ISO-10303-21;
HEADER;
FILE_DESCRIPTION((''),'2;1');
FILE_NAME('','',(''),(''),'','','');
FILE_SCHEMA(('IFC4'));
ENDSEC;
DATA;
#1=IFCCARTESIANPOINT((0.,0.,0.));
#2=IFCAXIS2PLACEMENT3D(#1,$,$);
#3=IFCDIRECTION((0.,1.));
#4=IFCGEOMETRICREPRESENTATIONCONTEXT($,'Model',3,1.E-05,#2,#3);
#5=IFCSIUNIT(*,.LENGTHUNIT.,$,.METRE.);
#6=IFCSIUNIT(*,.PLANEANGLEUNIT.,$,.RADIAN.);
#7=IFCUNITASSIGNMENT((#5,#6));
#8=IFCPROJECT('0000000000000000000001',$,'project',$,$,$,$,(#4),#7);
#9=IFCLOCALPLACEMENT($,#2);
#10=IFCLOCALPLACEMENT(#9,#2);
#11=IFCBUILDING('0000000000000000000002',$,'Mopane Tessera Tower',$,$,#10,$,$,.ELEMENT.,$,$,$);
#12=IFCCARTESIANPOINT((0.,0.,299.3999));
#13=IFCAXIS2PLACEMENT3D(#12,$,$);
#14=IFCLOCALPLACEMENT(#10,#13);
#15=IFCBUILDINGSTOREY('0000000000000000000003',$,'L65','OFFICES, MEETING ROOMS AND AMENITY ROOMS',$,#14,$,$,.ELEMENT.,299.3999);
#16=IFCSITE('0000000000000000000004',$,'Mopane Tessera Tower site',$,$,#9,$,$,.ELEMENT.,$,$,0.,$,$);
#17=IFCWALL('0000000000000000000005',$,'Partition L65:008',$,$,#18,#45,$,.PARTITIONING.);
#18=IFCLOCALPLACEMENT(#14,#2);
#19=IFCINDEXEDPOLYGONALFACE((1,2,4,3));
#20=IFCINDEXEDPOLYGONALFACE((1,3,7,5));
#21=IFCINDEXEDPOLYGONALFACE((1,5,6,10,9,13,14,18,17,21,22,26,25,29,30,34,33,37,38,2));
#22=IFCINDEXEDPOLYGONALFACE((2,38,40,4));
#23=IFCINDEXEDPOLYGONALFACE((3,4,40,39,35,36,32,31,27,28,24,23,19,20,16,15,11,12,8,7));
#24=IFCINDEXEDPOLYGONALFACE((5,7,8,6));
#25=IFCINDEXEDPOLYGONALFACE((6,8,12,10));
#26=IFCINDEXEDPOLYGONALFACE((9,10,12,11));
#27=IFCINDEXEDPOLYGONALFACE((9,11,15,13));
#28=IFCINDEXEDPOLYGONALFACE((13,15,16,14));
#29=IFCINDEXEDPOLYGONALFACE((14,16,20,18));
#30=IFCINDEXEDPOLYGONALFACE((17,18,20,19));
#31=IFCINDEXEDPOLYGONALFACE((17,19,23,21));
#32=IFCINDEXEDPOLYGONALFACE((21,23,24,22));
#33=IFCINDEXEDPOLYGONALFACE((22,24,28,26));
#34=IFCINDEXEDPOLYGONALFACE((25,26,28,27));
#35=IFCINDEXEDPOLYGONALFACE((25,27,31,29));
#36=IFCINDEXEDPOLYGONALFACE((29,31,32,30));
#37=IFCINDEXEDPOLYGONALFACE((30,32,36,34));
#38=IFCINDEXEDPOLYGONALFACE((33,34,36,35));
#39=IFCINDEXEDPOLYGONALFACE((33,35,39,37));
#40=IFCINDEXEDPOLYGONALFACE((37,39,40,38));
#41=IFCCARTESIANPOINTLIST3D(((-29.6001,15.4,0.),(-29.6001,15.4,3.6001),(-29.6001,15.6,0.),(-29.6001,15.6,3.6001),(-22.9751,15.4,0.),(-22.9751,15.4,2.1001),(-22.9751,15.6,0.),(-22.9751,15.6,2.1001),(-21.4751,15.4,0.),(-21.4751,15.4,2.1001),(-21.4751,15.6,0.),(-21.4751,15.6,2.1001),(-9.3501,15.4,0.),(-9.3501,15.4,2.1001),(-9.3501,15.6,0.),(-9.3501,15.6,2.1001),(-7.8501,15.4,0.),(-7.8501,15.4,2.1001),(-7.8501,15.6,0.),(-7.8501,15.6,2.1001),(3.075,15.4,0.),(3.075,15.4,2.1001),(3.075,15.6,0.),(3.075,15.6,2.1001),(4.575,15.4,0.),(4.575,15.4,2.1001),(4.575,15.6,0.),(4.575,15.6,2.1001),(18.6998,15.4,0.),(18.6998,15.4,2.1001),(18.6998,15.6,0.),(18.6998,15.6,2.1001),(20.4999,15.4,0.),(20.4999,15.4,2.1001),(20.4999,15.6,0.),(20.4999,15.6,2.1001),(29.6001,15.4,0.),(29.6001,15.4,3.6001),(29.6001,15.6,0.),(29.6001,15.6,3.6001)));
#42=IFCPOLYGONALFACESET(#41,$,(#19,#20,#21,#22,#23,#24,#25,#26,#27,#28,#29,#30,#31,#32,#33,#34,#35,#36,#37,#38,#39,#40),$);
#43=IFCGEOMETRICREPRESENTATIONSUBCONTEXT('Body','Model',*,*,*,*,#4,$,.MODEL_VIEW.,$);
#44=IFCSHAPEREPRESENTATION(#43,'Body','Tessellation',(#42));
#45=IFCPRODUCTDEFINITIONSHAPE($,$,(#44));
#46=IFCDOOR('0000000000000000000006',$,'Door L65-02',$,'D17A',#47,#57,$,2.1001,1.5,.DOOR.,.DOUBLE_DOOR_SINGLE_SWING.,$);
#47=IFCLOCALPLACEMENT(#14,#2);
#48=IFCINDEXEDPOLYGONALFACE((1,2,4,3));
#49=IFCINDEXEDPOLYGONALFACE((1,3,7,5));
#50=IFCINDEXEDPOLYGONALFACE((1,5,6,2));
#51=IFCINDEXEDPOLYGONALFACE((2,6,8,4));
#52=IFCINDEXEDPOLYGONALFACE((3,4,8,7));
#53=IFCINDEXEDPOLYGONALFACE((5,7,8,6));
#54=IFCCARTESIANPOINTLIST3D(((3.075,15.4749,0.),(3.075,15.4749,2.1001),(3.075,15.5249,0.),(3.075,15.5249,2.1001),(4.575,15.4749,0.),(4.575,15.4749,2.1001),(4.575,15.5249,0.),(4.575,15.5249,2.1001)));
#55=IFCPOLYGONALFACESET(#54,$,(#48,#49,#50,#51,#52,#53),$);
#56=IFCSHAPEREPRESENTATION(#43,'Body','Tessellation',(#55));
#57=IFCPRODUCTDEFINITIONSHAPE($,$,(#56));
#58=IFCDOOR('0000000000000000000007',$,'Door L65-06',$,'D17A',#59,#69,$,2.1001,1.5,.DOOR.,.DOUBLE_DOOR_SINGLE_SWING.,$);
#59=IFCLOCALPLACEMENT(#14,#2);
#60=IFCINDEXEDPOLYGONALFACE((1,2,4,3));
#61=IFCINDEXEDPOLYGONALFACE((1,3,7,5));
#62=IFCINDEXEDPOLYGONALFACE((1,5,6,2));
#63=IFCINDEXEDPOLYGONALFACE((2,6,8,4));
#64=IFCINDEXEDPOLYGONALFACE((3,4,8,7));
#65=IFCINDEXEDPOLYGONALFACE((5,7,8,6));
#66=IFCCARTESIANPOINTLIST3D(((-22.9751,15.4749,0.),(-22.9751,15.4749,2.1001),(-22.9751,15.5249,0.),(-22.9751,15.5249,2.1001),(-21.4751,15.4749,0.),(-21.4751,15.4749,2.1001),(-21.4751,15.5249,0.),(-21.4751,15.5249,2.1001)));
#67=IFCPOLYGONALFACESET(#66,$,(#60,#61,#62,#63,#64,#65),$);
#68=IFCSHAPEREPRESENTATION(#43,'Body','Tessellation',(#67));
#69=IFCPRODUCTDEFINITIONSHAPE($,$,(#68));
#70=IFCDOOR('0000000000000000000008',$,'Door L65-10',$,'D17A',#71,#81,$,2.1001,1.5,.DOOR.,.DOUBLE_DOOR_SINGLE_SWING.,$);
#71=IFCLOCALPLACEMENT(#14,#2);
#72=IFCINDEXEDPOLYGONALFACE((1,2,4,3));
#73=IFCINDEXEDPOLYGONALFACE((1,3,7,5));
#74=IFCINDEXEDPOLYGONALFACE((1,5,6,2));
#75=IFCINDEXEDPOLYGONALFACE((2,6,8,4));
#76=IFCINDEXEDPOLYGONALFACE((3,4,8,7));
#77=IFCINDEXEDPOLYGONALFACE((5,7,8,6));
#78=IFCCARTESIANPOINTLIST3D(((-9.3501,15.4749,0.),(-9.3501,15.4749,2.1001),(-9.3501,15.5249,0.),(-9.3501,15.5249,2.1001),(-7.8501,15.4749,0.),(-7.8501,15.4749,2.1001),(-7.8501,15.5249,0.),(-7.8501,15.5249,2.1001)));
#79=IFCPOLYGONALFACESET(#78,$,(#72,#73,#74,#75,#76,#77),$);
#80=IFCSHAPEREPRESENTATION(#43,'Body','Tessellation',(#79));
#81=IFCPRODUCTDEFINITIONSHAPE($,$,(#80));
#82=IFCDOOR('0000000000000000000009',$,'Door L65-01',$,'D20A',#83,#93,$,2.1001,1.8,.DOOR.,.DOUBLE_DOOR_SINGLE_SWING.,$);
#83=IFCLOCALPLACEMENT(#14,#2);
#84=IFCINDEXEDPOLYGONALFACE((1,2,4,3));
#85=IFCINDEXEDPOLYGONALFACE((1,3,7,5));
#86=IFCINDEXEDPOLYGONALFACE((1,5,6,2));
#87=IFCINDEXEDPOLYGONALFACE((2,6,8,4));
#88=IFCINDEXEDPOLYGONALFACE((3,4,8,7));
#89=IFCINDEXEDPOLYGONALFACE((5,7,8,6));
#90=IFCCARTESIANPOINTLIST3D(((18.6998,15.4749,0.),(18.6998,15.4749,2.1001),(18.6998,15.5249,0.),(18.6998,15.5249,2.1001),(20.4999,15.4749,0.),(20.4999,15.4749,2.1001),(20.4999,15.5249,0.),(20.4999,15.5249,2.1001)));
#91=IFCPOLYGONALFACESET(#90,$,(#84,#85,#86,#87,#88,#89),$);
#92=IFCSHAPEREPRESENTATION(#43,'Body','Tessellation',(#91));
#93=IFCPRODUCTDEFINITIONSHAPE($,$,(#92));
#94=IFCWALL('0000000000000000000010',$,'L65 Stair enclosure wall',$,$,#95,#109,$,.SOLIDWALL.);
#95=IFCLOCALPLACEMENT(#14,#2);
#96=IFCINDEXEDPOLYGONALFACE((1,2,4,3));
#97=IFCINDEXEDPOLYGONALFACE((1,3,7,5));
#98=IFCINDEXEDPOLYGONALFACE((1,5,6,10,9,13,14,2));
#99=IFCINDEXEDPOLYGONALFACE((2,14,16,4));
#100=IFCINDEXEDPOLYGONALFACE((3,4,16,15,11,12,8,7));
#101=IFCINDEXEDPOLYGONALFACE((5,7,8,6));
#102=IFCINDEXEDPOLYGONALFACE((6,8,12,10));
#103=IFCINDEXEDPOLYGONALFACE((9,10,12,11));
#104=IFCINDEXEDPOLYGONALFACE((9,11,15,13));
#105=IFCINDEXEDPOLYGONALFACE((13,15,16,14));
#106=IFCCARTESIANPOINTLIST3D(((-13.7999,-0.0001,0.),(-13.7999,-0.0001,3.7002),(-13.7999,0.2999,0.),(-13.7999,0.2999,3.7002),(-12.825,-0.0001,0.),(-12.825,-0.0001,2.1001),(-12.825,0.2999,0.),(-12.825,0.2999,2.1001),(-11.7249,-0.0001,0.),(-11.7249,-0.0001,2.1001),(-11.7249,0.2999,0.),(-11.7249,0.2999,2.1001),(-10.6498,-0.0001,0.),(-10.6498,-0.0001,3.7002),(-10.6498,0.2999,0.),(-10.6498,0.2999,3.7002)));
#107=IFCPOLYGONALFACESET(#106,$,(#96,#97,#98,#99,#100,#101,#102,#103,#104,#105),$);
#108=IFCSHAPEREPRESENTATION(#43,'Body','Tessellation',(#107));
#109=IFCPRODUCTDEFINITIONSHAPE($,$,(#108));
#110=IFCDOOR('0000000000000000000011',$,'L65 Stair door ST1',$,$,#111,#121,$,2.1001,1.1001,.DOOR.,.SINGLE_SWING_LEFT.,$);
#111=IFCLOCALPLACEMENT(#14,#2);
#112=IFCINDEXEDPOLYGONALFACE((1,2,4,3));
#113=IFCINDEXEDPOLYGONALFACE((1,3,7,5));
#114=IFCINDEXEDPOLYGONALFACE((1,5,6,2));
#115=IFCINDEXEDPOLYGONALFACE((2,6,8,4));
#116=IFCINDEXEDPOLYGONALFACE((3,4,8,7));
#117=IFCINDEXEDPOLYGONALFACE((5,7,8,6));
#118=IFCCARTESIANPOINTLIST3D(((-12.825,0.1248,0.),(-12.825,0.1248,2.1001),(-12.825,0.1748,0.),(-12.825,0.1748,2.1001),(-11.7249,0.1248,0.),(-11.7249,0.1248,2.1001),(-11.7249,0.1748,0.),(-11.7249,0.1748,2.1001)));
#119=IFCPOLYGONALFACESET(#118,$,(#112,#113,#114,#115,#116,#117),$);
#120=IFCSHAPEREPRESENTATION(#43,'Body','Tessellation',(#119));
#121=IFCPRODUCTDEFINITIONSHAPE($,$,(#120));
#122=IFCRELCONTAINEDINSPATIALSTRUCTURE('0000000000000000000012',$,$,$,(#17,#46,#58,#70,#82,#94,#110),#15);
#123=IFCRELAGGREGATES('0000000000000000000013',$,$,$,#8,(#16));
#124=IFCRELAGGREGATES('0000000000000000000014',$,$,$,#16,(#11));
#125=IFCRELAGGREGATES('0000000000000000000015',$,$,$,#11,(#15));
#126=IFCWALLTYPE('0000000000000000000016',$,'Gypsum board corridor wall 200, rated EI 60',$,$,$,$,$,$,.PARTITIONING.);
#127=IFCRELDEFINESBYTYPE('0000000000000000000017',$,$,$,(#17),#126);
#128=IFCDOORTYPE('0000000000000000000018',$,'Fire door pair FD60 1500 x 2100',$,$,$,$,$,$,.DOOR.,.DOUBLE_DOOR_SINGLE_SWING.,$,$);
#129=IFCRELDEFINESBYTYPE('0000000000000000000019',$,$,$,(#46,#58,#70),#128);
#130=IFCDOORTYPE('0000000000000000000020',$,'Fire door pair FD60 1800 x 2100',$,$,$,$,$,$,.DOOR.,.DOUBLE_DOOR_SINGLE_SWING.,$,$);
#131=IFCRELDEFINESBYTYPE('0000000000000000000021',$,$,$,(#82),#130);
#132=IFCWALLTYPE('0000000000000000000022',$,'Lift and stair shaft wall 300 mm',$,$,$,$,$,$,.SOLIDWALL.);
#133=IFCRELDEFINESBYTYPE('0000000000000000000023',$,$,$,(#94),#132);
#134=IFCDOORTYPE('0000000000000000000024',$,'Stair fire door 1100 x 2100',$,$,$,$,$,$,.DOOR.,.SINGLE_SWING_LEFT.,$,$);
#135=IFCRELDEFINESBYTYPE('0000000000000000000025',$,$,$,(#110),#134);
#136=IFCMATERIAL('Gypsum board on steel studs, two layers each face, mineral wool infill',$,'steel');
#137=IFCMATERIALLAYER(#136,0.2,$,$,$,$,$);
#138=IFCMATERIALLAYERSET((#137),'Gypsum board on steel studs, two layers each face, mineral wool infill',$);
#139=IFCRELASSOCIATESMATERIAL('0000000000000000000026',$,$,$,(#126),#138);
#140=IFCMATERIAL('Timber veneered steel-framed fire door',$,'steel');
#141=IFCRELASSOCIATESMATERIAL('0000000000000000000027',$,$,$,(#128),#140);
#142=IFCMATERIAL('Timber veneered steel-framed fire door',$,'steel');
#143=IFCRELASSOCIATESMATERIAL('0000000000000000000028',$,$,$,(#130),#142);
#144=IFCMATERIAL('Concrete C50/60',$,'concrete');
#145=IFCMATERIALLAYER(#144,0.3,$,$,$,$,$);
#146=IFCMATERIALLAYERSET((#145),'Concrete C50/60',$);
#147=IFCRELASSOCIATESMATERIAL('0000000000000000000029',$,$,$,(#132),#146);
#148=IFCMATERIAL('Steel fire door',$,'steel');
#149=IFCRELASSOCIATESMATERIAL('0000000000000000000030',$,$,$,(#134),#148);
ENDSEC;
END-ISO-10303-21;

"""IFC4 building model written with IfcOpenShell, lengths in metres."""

from ifc_helpers import new_model, si_unit, direction, frame, frame_2d, origin, place, context, subcontext, project, spatial, rectangle, extrude, material, layer, layer_set, type_object, element, fill, save


model = new_model("IFC4")

# Units and contexts
model_context = context("Model", 3, precision=1e-05, world=origin(), true_north=direction((0.0, 1.0)))
body_context = subcontext(model_context, "Body", "Model", "MODEL_VIEW")
ifc_project = project(units=[si_unit("LENGTHUNIT", "METRE"), si_unit("PLANEANGLEUNIT", "RADIAN")], contexts=[model_context])

# Site, building, storey
site_placement = place(None, origin())
site = spatial("IfcSite", under=ifc_project, at=site_placement, Name="Mopane Tessera Tower site", CompositionType="ELEMENT", RefElevation=0.0)
building_placement = place(site_placement, origin())
building = spatial("IfcBuilding", under=site, at=building_placement, Name="Mopane Tessera Tower", CompositionType="ELEMENT")
storey_placement = place(building_placement, frame((0.0, 0.0, 299.3999)))
storey = spatial("IfcBuildingStorey", under=building, at=storey_placement, Name="L65", Description="OFFICES, MEETING ROOMS AND AMENITY ROOMS", CompositionType="ELEMENT", Elevation=299.3999)

# Shared definitions
ifc_material_1 = material(Name="Gypsum board on steel studs, two layers each face, mineral wool infill", Category="steel")
ifc_layer_1 = layer(ifc_material_1, 0.2)
ifc_layer_set_1 = layer_set([ifc_layer_1], Name="Gypsum board on steel studs, two layers each face, mineral wool infill")
wall_type_1 = type_object("IfcWallType", Name="Gypsum board corridor wall 200, rated EI 60", PredefinedType="PARTITIONING", material=ifc_layer_set_1)
ifc_material_2 = material(Name="Timber veneered steel-framed fire door", Category="steel")
door_type_1 = type_object("IfcDoorType", Name="Fire door pair FD60 1500 x 2100", OperationType="DOUBLE_DOOR_SINGLE_SWING", PredefinedType="DOOR", material=ifc_material_2)

# Wall, openings, doors
wall_1_placement = place(storey_placement, frame((-29.6001, 15.5, 0.0), z_axis=(0.0, 0.0, 1.0), x_axis=(1.0, 0.0, 0.0)))
wall_1 = element("IfcWall", 1, at=wall_1_placement, inside=storey, type_object=wall_type_1, Name="Partition L65:008", PredefinedType="PARTITIONING", context=body_context, shape_type="SweptSolid", body=[
    extrude(rectangle(XDim=59.2002, YDim=0.2, at=frame_2d((29.6001, 0.0))), origin(), (0.0, 0.0, 1.0), 3.6001),
])
opening_1_placement = place(wall_1_placement, frame((48.3, 0.0, 0.0)))
opening_1 = element("IfcOpeningElement", 2, at=opening_1_placement, cuts=wall_1, PredefinedType="OPENING", context=body_context, shape_type="SweptSolid", body=[
    extrude(rectangle(XDim=1.8, YDim=2.1001, at=frame_2d((0.8999, 1.05))), frame((0.0, 0.1121, 0.0), z_axis=(0.0, -1.0, 0.0), x_axis=(1.0, 0.0, 0.0)), (0.0, 0.0, 1.0), 0.2239),
])
opening_2_placement = place(wall_1_placement, frame((32.675, 0.0, 0.0)))
opening_2 = element("IfcOpeningElement", 3, at=opening_2_placement, cuts=wall_1, PredefinedType="OPENING", context=body_context, shape_type="SweptSolid", body=[
    extrude(rectangle(XDim=1.5, YDim=2.1001, at=frame_2d((0.75, 1.05))), frame((0.0, 0.1121, 0.0), z_axis=(0.0, -1.0, 0.0), x_axis=(1.0, 0.0, 0.0)), (0.0, 0.0, 1.0), 0.2239),
])
opening_3_placement = place(wall_1_placement, frame((6.625, 0.0, 0.0)))
opening_3 = element("IfcOpeningElement", 4, at=opening_3_placement, cuts=wall_1, PredefinedType="OPENING", context=body_context, shape_type="SweptSolid", body=[
    extrude(rectangle(XDim=1.5, YDim=2.1001, at=frame_2d((0.75, 1.05))), frame((0.0, 0.1121, 0.0), z_axis=(0.0, -1.0, 0.0), x_axis=(1.0, 0.0, 0.0)), (0.0, 0.0, 1.0), 0.2239),
])
opening_4_placement = place(wall_1_placement, frame((20.25, 0.0, 0.0)))
opening_4 = element("IfcOpeningElement", 5, at=opening_4_placement, cuts=wall_1, PredefinedType="OPENING", context=body_context, shape_type="SweptSolid", body=[
    extrude(rectangle(XDim=1.5, YDim=2.1001, at=frame_2d((0.75, 1.05))), frame((0.0, 0.1121, 0.0), z_axis=(0.0, -1.0, 0.0), x_axis=(1.0, 0.0, 0.0)), (0.0, 0.0, 1.0), 0.2239),
])
door_1_placement = place(opening_2_placement, origin())
door_1 = element("IfcDoor", 6, at=door_1_placement, inside=storey, type_object=door_type_1, Name="Door L65-02", ObjectType="D17A", OperationType="DOUBLE_DOOR_SINGLE_SWING", OverallHeight=2.1001, OverallWidth=1.5, PredefinedType="DOOR", context=body_context, shape_type="SweptSolid", body=[
    extrude(rectangle(XDim=1.5, YDim=2.1001, at=frame_2d((0.75, 1.05))), frame((0.0, 0.0249, 0.0), z_axis=(0.0, -1.0, 0.0), x_axis=(1.0, 0.0, 0.0)), (0.0, 0.0, 1.0), 0.05),
])
fill(opening_2, door_1)
door_2_placement = place(opening_3_placement, origin())
door_2 = element("IfcDoor", 7, at=door_2_placement, inside=storey, type_object=door_type_1, Name="Door L65-06", ObjectType="D17A", OperationType="DOUBLE_DOOR_SINGLE_SWING", OverallHeight=2.1001, OverallWidth=1.5, PredefinedType="DOOR", context=body_context, shape_type="SweptSolid", body=[
    extrude(rectangle(XDim=1.5, YDim=2.1001, at=frame_2d((0.75, 1.05))), frame((0.0, 0.0249, 0.0), z_axis=(0.0, -1.0, 0.0), x_axis=(1.0, 0.0, 0.0)), (0.0, 0.0, 1.0), 0.05),
])
fill(opening_3, door_2)
door_3_placement = place(opening_4_placement, origin())
door_3 = element("IfcDoor", 8, at=door_3_placement, inside=storey, type_object=door_type_1, Name="Door L65-10", ObjectType="D17A", OperationType="DOUBLE_DOOR_SINGLE_SWING", OverallHeight=2.1001, OverallWidth=1.5, PredefinedType="DOOR", context=body_context, shape_type="SweptSolid", body=[
    extrude(rectangle(XDim=1.5, YDim=2.1001, at=frame_2d((0.75, 1.05))), frame((0.0, 0.0249, 0.0), z_axis=(0.0, -1.0, 0.0), x_axis=(1.0, 0.0, 0.0)), (0.0, 0.0, 1.0), 0.05),
])
fill(opening_4, door_3)
ifc_material_3 = material(Name="Timber veneered steel-framed fire door", Category="steel")
door_type_2 = type_object("IfcDoorType", Name="Fire door pair FD60 1800 x 2100", OperationType="DOUBLE_DOOR_SINGLE_SWING", PredefinedType="DOOR", material=ifc_material_3)
door_4_placement = place(opening_1_placement, origin())
door_4 = element("IfcDoor", 9, at=door_4_placement, inside=storey, type_object=door_type_2, Name="Door L65-01", ObjectType="D20A", OperationType="DOUBLE_DOOR_SINGLE_SWING", OverallHeight=2.1001, OverallWidth=1.8, PredefinedType="DOOR", context=body_context, shape_type="SweptSolid", body=[
    extrude(rectangle(XDim=1.8, YDim=2.1001, at=frame_2d((0.8999, 1.05))), frame((0.0, 0.0249, 0.0), z_axis=(0.0, -1.0, 0.0), x_axis=(1.0, 0.0, 0.0)), (0.0, 0.0, 1.0), 0.05),
])
fill(opening_1, door_4)

# Wall, opening, door
ifc_material_4 = material(Name="Concrete C50/60", Category="concrete")
ifc_layer_2 = layer(ifc_material_4, 0.3)
ifc_layer_set_2 = layer_set([ifc_layer_2], Name="Concrete C50/60")
wall_type_2 = type_object("IfcWallType", Name="Lift and stair shaft wall 300 mm", PredefinedType="SOLIDWALL", material=ifc_layer_set_2)
wall_2_placement = place(storey_placement, frame((-13.8, 0.1499, 0.0), z_axis=(0.0, 0.0, 1.0), x_axis=(1.0, 0.0, 0.0)))
wall_2 = element("IfcWall", 10, at=wall_2_placement, inside=storey, type_object=wall_type_2, Name="L65 Stair enclosure wall", PredefinedType="SOLIDWALL", context=body_context, shape_type="SweptSolid", body=[
    extrude(rectangle(XDim=3.1501, YDim=0.3, at=frame_2d((1.5752, 0.0))), origin(), (0.0, 0.0, 1.0), 3.7002),
])
opening_5_placement = place(wall_2_placement, frame((0.9751, 0.0, 0.0)))
opening_5 = element("IfcOpeningElement", 11, at=opening_5_placement, cuts=wall_2, PredefinedType="OPENING", context=body_context, shape_type="SweptSolid", body=[
    extrude(rectangle(XDim=1.1001, YDim=2.1001, at=frame_2d((0.55, 1.05))), frame((0.0, 0.1621, 0.0), z_axis=(0.0, -1.0, 0.0), x_axis=(1.0, 0.0, 0.0)), (0.0, 0.0, 1.0), 0.324),
])
ifc_material_5 = material(Name="Steel fire door", Category="steel")
door_type_3 = type_object("IfcDoorType", Name="Stair fire door 1100 x 2100", OperationType="SINGLE_SWING_LEFT", PredefinedType="DOOR", material=ifc_material_5)
door_5_placement = place(opening_5_placement, origin())
door_5 = element("IfcDoor", 12, at=door_5_placement, inside=storey, type_object=door_type_3, Name="L65 Stair door ST1", OperationType="SINGLE_SWING_LEFT", OverallHeight=2.1001, OverallWidth=1.1001, PredefinedType="DOOR", context=body_context, shape_type="SweptSolid", body=[
    extrude(rectangle(XDim=1.1001, YDim=2.1001, at=frame_2d((0.55, 1.05))), frame((0.0, 0.0249, 0.0), z_axis=(0.0, -1.0, 0.0), x_axis=(1.0, 0.0, 0.0)), (0.0, 0.0, 1.0), 0.05),
])
fill(opening_5, door_5)

save(model, "model.ifc")
